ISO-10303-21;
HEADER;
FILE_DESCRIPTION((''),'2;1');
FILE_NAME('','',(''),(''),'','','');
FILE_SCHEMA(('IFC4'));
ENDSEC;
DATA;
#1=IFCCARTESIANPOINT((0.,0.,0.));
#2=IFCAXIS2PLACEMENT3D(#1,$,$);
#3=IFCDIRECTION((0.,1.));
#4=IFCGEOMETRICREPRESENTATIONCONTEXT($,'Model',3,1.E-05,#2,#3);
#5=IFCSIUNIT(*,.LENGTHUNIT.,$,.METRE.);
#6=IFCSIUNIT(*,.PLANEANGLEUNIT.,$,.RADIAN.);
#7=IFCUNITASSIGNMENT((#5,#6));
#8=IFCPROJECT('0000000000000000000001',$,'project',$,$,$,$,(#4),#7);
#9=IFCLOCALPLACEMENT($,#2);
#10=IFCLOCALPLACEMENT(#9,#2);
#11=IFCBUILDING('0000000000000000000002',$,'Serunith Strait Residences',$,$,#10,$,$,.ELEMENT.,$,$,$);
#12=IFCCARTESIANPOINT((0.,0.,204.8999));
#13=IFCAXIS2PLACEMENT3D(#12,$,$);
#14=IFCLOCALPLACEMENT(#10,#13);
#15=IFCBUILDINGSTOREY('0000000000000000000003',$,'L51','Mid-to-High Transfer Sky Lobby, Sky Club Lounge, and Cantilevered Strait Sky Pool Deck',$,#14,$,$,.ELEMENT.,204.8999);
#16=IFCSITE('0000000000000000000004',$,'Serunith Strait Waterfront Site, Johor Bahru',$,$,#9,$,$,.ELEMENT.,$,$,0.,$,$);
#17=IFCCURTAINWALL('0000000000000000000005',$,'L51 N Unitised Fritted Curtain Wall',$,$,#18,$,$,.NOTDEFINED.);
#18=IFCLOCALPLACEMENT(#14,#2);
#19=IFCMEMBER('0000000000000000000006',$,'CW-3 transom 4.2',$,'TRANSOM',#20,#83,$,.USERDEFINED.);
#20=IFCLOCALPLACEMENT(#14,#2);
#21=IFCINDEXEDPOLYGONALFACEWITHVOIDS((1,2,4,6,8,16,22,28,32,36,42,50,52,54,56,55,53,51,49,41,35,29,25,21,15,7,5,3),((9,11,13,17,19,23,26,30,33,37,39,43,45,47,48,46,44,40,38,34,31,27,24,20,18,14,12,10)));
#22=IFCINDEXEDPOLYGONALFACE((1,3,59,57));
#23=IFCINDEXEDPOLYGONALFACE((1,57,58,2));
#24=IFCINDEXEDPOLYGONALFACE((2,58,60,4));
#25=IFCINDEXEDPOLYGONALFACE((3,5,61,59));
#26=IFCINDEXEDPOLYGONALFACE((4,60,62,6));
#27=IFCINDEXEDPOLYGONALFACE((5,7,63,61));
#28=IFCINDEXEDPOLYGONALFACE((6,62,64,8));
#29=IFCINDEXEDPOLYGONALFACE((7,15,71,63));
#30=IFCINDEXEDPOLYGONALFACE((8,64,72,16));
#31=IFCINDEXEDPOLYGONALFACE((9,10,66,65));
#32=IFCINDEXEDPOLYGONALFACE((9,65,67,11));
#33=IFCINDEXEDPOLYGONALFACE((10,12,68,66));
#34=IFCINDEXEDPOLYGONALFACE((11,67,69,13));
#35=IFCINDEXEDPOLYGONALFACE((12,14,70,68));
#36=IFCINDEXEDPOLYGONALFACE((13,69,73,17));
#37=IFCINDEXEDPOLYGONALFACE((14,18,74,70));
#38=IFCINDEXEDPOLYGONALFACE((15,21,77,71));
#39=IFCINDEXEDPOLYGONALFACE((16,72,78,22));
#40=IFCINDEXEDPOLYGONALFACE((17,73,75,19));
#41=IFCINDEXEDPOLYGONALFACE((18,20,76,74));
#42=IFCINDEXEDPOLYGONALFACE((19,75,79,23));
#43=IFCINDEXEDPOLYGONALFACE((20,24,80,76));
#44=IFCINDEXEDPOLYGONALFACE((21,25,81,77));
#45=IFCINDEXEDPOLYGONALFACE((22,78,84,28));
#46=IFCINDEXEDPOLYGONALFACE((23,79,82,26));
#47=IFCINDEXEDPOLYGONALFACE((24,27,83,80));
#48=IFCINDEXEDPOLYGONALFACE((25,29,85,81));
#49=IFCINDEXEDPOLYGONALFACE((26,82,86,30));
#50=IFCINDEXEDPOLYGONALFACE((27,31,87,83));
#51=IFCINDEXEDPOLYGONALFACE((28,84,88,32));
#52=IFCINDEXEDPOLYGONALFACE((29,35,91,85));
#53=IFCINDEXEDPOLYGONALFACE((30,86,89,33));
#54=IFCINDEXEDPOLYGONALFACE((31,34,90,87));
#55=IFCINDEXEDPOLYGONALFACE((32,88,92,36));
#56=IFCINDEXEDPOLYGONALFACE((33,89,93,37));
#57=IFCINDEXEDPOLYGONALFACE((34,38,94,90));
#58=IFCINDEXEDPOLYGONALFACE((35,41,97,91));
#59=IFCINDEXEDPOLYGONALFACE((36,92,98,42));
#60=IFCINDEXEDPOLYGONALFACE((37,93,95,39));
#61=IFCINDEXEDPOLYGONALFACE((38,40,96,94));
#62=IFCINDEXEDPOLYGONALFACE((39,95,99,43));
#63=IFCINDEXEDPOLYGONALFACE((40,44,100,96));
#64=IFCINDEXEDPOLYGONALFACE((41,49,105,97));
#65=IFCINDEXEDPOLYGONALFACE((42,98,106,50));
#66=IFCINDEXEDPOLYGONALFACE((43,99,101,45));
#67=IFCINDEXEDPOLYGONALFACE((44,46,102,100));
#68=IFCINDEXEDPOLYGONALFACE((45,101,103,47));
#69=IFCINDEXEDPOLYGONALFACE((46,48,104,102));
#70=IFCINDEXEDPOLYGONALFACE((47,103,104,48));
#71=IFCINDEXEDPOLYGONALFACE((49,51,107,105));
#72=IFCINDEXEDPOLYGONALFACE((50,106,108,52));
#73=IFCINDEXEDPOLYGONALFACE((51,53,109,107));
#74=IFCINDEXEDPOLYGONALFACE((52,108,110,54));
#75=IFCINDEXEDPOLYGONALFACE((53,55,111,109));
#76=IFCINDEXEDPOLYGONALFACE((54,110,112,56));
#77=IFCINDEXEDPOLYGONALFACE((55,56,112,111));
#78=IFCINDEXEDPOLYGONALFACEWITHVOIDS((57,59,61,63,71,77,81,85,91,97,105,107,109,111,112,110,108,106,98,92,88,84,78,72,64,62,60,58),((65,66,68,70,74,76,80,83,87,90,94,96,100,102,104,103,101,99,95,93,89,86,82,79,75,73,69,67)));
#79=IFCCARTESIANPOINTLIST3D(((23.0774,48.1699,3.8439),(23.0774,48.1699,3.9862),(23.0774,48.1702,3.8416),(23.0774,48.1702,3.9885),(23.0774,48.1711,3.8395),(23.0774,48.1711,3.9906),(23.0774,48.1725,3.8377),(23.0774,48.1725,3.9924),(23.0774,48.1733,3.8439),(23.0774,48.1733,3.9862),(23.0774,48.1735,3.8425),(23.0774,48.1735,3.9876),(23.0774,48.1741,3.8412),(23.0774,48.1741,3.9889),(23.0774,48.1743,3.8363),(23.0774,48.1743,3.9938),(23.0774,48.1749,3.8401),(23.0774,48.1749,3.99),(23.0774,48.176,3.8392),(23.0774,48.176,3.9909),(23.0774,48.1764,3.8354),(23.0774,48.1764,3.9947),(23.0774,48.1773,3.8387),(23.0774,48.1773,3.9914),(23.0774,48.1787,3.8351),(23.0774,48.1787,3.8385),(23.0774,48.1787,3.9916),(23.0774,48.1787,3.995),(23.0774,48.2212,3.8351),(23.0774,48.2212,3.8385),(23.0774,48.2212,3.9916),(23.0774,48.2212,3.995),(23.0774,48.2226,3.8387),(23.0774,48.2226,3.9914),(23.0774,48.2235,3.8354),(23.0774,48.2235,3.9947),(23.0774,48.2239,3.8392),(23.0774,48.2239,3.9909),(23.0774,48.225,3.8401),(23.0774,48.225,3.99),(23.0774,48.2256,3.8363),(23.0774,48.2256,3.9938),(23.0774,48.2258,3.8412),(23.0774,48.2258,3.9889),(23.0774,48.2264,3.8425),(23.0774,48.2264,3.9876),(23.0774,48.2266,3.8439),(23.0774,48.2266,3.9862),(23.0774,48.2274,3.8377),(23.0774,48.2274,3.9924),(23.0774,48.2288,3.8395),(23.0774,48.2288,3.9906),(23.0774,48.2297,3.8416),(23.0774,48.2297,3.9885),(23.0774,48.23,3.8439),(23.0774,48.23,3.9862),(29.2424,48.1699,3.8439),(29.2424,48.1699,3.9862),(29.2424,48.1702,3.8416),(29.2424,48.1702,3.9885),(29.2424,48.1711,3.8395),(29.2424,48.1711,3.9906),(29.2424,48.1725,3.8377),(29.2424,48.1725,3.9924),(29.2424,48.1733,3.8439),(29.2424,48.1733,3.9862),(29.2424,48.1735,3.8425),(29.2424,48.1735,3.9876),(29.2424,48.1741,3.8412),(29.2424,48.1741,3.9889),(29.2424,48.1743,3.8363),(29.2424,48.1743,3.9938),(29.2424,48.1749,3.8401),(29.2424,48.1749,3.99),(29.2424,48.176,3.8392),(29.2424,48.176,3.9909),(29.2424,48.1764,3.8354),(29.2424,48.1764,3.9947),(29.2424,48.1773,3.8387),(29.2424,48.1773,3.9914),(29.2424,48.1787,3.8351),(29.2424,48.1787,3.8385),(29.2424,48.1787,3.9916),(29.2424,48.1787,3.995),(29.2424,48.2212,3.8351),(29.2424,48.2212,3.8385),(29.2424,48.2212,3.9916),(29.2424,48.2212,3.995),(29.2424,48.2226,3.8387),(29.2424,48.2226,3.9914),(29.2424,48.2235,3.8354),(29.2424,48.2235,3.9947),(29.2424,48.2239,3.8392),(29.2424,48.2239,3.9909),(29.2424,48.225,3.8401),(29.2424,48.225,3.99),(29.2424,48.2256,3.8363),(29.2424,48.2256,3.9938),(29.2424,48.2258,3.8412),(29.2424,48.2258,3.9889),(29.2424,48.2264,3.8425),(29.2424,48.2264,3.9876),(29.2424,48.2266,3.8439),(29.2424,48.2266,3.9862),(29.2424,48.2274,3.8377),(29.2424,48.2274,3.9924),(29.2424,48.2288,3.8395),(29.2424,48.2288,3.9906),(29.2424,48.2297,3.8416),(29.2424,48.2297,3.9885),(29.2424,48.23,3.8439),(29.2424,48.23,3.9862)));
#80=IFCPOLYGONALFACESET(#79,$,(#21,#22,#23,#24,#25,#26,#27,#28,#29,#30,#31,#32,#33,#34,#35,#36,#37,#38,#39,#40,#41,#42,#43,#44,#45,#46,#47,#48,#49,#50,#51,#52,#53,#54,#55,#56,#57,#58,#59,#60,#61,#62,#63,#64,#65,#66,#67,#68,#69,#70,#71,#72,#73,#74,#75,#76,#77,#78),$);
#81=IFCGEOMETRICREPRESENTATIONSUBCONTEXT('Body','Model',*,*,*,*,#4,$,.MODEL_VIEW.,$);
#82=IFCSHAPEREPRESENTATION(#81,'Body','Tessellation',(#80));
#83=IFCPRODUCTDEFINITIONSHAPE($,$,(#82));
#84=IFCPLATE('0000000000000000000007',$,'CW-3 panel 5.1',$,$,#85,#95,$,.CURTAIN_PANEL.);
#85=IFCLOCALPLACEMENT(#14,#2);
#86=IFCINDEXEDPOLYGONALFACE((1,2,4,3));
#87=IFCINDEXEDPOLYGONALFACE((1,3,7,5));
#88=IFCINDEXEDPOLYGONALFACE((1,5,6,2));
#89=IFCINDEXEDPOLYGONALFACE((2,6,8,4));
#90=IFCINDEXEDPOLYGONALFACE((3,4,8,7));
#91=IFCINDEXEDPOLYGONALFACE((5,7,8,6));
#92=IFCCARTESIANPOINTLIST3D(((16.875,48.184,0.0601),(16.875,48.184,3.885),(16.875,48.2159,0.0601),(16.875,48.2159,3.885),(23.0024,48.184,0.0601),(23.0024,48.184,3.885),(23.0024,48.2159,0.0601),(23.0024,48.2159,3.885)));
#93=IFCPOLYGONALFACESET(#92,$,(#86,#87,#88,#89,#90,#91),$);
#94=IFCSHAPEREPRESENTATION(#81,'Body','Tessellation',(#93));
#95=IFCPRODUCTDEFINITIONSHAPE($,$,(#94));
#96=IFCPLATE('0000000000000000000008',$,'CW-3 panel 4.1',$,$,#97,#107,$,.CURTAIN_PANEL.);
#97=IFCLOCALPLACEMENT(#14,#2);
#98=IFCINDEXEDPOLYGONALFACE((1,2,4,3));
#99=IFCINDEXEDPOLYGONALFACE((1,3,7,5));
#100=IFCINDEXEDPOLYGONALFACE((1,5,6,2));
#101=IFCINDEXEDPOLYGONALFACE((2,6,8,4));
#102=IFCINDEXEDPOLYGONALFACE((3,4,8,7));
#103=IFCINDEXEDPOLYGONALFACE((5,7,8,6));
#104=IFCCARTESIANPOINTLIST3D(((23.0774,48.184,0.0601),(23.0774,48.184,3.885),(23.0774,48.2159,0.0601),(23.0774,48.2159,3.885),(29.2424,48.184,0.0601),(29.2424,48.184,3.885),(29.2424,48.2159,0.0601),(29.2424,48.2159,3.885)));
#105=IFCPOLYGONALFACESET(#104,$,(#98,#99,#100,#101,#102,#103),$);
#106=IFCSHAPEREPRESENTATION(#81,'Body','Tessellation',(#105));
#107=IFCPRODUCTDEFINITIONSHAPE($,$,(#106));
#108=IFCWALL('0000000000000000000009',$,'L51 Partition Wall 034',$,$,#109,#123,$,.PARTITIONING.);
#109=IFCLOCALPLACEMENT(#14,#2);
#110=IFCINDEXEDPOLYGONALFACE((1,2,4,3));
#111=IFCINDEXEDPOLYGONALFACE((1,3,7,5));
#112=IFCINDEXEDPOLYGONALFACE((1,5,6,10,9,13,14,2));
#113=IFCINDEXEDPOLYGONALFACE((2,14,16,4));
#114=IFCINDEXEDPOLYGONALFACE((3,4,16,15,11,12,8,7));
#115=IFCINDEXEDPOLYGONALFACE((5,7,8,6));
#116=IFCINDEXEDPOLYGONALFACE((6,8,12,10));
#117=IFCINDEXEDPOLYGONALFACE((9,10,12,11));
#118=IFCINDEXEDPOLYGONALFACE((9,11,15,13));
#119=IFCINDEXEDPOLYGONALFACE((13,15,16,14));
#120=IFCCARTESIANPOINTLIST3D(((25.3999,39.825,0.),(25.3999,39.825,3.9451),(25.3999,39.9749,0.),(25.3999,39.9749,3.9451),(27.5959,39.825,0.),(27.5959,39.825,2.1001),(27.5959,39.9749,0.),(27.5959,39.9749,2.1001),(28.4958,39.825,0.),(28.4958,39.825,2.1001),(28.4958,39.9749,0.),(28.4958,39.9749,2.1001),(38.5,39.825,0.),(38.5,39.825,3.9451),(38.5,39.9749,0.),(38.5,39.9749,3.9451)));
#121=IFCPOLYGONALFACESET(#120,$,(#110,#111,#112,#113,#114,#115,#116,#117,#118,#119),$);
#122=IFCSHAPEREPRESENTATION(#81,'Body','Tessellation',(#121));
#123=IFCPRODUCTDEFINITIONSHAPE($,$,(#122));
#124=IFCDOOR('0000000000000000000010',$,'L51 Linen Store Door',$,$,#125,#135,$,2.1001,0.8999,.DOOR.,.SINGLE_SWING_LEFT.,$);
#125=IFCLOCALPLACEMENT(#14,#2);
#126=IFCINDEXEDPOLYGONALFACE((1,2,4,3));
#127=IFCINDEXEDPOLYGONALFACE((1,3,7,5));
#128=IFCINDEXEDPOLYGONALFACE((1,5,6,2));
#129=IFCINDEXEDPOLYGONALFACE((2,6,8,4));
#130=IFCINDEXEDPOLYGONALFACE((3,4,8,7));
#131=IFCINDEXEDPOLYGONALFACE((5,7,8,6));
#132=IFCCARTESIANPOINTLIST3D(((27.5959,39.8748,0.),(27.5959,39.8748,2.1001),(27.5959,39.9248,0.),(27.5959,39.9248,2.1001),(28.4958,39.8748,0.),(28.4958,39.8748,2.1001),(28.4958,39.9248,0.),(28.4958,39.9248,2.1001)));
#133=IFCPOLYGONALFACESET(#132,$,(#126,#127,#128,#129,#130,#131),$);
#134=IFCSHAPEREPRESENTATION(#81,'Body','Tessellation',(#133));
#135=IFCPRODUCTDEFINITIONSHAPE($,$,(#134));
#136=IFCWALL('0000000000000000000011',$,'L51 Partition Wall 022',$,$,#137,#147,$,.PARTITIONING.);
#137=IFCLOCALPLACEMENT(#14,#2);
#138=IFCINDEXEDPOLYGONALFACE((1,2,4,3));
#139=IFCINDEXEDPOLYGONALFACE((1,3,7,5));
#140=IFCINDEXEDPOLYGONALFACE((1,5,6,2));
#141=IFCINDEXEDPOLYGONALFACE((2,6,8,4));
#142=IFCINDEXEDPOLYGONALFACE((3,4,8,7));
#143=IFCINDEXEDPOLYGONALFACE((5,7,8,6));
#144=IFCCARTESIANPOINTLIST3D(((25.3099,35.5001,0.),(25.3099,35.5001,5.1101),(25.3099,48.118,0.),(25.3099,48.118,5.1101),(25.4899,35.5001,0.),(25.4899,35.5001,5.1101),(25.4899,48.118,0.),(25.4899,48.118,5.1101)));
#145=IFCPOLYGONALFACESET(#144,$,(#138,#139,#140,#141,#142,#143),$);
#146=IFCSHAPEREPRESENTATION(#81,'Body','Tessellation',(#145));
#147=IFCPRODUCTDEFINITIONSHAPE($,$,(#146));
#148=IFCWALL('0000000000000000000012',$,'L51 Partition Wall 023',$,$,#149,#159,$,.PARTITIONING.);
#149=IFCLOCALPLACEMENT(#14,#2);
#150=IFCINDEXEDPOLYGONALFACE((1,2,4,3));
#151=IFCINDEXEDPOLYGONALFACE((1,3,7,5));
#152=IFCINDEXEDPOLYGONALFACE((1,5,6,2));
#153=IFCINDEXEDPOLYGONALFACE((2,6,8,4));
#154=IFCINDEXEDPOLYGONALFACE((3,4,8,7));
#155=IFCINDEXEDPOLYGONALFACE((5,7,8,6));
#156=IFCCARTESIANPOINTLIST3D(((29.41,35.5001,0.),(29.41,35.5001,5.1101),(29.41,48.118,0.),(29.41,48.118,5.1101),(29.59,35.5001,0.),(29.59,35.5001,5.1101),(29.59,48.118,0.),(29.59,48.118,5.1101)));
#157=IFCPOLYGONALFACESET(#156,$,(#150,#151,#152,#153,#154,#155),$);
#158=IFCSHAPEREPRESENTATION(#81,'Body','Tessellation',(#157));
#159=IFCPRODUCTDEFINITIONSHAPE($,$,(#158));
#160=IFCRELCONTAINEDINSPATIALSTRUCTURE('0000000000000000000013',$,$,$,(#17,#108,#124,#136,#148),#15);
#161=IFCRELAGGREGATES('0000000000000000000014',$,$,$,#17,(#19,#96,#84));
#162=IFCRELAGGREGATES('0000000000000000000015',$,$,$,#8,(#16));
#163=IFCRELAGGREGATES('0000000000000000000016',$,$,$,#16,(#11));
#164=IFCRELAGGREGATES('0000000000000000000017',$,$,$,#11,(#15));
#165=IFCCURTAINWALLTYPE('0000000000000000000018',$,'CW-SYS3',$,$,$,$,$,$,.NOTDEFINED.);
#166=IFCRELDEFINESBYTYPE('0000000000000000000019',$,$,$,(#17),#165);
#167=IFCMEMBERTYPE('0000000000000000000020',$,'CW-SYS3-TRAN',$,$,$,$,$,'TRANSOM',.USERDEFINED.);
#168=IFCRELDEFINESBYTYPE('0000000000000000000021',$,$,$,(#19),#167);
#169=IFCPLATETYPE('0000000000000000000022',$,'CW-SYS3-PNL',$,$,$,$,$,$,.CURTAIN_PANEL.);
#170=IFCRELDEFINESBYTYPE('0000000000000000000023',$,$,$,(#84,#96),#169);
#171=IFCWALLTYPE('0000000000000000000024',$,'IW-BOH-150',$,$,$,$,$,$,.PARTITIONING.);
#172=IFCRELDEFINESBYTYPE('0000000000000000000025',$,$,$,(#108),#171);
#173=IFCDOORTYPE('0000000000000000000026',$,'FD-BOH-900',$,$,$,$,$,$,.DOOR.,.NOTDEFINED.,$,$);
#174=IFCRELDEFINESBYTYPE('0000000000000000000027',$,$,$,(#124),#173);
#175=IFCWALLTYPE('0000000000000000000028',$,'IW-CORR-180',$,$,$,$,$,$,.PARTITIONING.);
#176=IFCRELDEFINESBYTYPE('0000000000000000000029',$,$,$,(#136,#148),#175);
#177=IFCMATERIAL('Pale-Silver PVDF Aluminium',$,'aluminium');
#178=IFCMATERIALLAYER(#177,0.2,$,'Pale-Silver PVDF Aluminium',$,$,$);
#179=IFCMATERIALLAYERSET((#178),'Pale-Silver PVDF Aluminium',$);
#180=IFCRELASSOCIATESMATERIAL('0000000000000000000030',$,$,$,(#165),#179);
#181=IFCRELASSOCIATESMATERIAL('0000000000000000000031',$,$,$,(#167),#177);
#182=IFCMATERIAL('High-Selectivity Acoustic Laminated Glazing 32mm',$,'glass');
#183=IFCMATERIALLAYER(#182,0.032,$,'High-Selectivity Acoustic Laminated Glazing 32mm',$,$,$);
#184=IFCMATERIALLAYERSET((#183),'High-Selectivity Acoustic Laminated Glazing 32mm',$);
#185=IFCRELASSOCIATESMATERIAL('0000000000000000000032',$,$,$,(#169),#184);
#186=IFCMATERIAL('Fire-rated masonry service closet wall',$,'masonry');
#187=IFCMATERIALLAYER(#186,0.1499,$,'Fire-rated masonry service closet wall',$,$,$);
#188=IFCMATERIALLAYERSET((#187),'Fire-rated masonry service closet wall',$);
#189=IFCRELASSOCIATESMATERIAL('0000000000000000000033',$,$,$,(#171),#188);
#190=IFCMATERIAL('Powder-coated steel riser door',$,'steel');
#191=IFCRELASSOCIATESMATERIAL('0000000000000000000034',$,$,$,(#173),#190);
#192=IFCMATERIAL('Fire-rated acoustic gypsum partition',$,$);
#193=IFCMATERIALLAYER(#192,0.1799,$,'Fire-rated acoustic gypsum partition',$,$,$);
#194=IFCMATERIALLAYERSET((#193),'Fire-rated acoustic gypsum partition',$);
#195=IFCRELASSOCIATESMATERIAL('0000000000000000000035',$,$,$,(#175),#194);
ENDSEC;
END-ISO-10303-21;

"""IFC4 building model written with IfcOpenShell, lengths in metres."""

from ifc_helpers import new_model, si_unit, direction, frame, frame_2d, origin, origin_2d, place, context, subcontext, project, spatial, rectangle, hollow_rectangle, extrude, source, transform, mapped, material, layer, layer_set, material_profile, profile_set, type_object, element, fill, aggregate, save


model = new_model("IFC4")

# Units and contexts
model_context = context("Model", 3, precision=1e-05, world=origin(), true_north=direction((0.0, 1.0)))
body_context = subcontext(model_context, "Body", "Model", "MODEL_VIEW")
ifc_project = project(units=[si_unit("LENGTHUNIT", "METRE"), si_unit("PLANEANGLEUNIT", "RADIAN")], contexts=[model_context])

# Site, building, storey
site_placement = place(None, origin())
site = spatial("IfcSite", under=ifc_project, at=site_placement, Name="Serunith Strait Waterfront Site, Johor Bahru", CompositionType="ELEMENT", RefElevation=0.0)
building_placement = place(site_placement, origin())
building = spatial("IfcBuilding", under=site, at=building_placement, Name="Serunith Strait Residences", CompositionType="ELEMENT")
storey_placement = place(building_placement, frame((0.0, 0.0, 204.8999)))
storey = spatial("IfcBuildingStorey", under=building, at=storey_placement, Name="L51", Description="Mid-to-High Transfer Sky Lobby, Sky Club Lounge, and Cantilevered Strait Sky Pool Deck", CompositionType="ELEMENT", Elevation=204.8999)

# Curtain wall, member, plates
ifc_material_1 = material(Name="Pale-Silver PVDF Aluminium", Category="aluminium")
ifc_layer_1 = layer(ifc_material_1, 0.2, Name="Pale-Silver PVDF Aluminium")
ifc_layer_set_1 = layer_set([ifc_layer_1], Name="Pale-Silver PVDF Aluminium")
curtain_wall_type = type_object("IfcCurtainWallType", Name="CW-SYS3", PredefinedType="NOTDEFINED", material=ifc_layer_set_1)
curtain_wall_placement = place(storey_placement, origin())
curtain_wall = element("IfcCurtainWall", 1, at=curtain_wall_placement, inside=storey, type_object=curtain_wall_type, Name="L51 N Unitised Fritted Curtain Wall", PredefinedType="NOTDEFINED")
ifc_material_profile_1 = material_profile(ifc_material_1, hollow_rectangle(XDim=0.0601, YDim=0.1599, WallThickness=0.0034, InnerFilletRadius=0.0054, OuterFilletRadius=0.0088, at=origin_2d()), Name="ALU 160x60x3.5")
ifc_profile_set_1 = profile_set([ifc_material_profile_1], Name="Pale-Silver PVDF Aluminium")
member_type_1 = type_object("IfcMemberType", Name="CW-SYS3-TRAN", ElementType="TRANSOM", PredefinedType="USERDEFINED", material=ifc_profile_set_1)
shared_shape_1 = source(origin(), body_context, "Body", "SweptSolid", [
    extrude(hollow_rectangle(XDim=0.0601, YDim=0.1599, WallThickness=0.0034, InnerFilletRadius=0.0054, OuterFilletRadius=0.0088, at=origin_2d()), origin(), (0.0, 0.0, 1.0), 6.165),
])
member_1_placement = place(storey_placement, frame((29.2424, 48.2, 3.915), z_axis=(-1.0, 0.0, 0.0), x_axis=(0.0, -1.0, 0.0)))
member_1 = element("IfcMember", 2, at=member_1_placement, type_object=member_type_1, Name="CW-3 transom 4.2", ObjectType="TRANSOM", PredefinedType="USERDEFINED", context=body_context, shape_type="MappedRepresentation", body=[
    mapped(shared_shape_1, transform((0.0, 0.0, 0.0), scale=1.0)),
])
ifc_material_2 = material(Name="High-Selectivity Acoustic Laminated Glazing 32mm", Category="glass")
ifc_layer_2 = layer(ifc_material_2, 0.032, Name="High-Selectivity Acoustic Laminated Glazing 32mm")
ifc_layer_set_2 = layer_set([ifc_layer_2], Name="High-Selectivity Acoustic Laminated Glazing 32mm")
plate_type = type_object("IfcPlateType", Name="CW-SYS3-PNL", PredefinedType="CURTAIN_PANEL", material=ifc_layer_set_2)
shared_shape_2 = source(origin(), body_context, "Body", "SweptSolid", [
    extrude(rectangle(XDim=6.1274, YDim=0.032, at=origin_2d()), origin(), (0.0, 0.0, 1.0), 3.825),
])
plate_1_placement = place(storey_placement, frame((19.9387, 48.2, 0.0601), z_axis=(0.0, 0.0, 1.0), x_axis=(-1.0, 0.0, 0.0)))
plate_1 = element("IfcPlate", 3, at=plate_1_placement, type_object=plate_type, Name="CW-3 panel 5.1", PredefinedType="CURTAIN_PANEL", context=body_context, shape_type="MappedRepresentation", body=[
    mapped(shared_shape_2, transform((0.0, 0.0, 0.0), scale=1.0)),
])
shared_shape_3 = source(origin(), body_context, "Body", "SweptSolid", [
    extrude(rectangle(XDim=6.165, YDim=0.032, at=origin_2d()), origin(), (0.0, 0.0, 1.0), 3.825),
])
plate_2_placement = place(storey_placement, frame((26.1599, 48.2, 0.0601), z_axis=(0.0, 0.0, 1.0), x_axis=(-1.0, 0.0, 0.0)))
plate_2 = element("IfcPlate", 4, at=plate_2_placement, type_object=plate_type, Name="CW-3 panel 4.1", PredefinedType="CURTAIN_PANEL", context=body_context, shape_type="MappedRepresentation", body=[
    mapped(shared_shape_3, transform((0.0, 0.0, 0.0), scale=1.0)),
])
aggregate(curtain_wall, [member_1, plate_2, plate_1])

# Wall, opening, door
ifc_material_3 = material(Name="Fire-rated masonry service closet wall", Category="masonry")
ifc_layer_3 = layer(ifc_material_3, 0.1499, Name="Fire-rated masonry service closet wall")
ifc_layer_set_3 = layer_set([ifc_layer_3], Name="Fire-rated masonry service closet wall")
wall_type_1 = type_object("IfcWallType", Name="IW-BOH-150", PredefinedType="PARTITIONING", material=ifc_layer_set_3)
wall_1_placement = place(storey_placement, frame((25.3999, 39.8999, 0.0), z_axis=(0.0, 0.0, 1.0), x_axis=(1.0, 0.0, 0.0)))
wall_1 = element("IfcWall", 5, at=wall_1_placement, inside=storey, type_object=wall_type_1, Name="L51 Partition Wall 034", PredefinedType="PARTITIONING", context=body_context, shape_type="SweptSolid", body=[
    extrude(rectangle(XDim=13.1001, YDim=0.1499, at=frame_2d((6.55, 0.0))), origin(), (0.0, 0.0, 1.0), 3.9451),
])
opening_1_placement = place(wall_1_placement, frame((2.196, 0.0, 0.0)))
opening_1 = element("IfcOpeningElement", 6, at=opening_1_placement, cuts=wall_1, PredefinedType="OPENING", context=body_context, shape_type="SweptSolid", body=[
    extrude(rectangle(XDim=0.8999, YDim=2.1001, at=frame_2d((0.45, 1.05))), frame((0.0, 0.085, 0.0), z_axis=(0.0, -1.0, 0.0), x_axis=(1.0, 0.0, 0.0)), (0.0, 0.0, 1.0), 0.1699),
])
ifc_material_4 = material(Name="Powder-coated steel riser door", Category="steel")
door_type_1 = type_object("IfcDoorType", Name="FD-BOH-900", OperationType="NOTDEFINED", PredefinedType="DOOR", material=ifc_material_4)
shared_shape_4 = source(origin(), body_context, "Body", "SweptSolid", [
    extrude(rectangle(XDim=0.8999, YDim=2.1001, at=frame_2d((0.45, 1.05))), frame((0.0, 0.0249, 0.0), z_axis=(0.0, -1.0, 0.0), x_axis=(1.0, 0.0, 0.0)), (0.0, 0.0, 1.0), 0.05),
])
door_1_placement = place(opening_1_placement, origin())
door_1 = element("IfcDoor", 7, at=door_1_placement, inside=storey, type_object=door_type_1, Name="L51 Linen Store Door", OperationType="SINGLE_SWING_LEFT", OverallHeight=2.1001, OverallWidth=0.8999, PredefinedType="DOOR", context=body_context, shape_type="MappedRepresentation", body=[
    mapped(shared_shape_4, transform((0.0, 0.0, 0.0), scale=1.0)),
])
fill(opening_1, door_1)

# Walls
ifc_material_5 = material(Name="Fire-rated acoustic gypsum partition")
ifc_layer_4 = layer(ifc_material_5, 0.1799, Name="Fire-rated acoustic gypsum partition")
ifc_layer_set_4 = layer_set([ifc_layer_4], Name="Fire-rated acoustic gypsum partition")
wall_type_2 = type_object("IfcWallType", Name="IW-CORR-180", PredefinedType="PARTITIONING", material=ifc_layer_set_4)
for number, where, z_axis, x_axis, name in (
    (8, (25.3999, 35.5, 0.0), (0.0, 0.0, 1.0), (0.0, 1.0, 0.0), "L51 Partition Wall 022"),
    (9, (29.5, 35.5, 0.0), (0.0, 0.0, 1.0), (0.0, 1.0, 0.0), "L51 Partition Wall 023"),
):
    element("IfcWall", number, at=place(storey_placement, frame(where, z_axis=z_axis, x_axis=x_axis)), inside=storey, type_object=wall_type_2, Name=name, PredefinedType="PARTITIONING", context=body_context, shape_type="SweptSolid", body=[
        extrude(rectangle(XDim=12.6179, YDim=0.1799, at=frame_2d((6.3091, 0.0))), origin(), (0.0, 0.0, 1.0), 5.1101),
    ])

save(model, "model.ifc")
